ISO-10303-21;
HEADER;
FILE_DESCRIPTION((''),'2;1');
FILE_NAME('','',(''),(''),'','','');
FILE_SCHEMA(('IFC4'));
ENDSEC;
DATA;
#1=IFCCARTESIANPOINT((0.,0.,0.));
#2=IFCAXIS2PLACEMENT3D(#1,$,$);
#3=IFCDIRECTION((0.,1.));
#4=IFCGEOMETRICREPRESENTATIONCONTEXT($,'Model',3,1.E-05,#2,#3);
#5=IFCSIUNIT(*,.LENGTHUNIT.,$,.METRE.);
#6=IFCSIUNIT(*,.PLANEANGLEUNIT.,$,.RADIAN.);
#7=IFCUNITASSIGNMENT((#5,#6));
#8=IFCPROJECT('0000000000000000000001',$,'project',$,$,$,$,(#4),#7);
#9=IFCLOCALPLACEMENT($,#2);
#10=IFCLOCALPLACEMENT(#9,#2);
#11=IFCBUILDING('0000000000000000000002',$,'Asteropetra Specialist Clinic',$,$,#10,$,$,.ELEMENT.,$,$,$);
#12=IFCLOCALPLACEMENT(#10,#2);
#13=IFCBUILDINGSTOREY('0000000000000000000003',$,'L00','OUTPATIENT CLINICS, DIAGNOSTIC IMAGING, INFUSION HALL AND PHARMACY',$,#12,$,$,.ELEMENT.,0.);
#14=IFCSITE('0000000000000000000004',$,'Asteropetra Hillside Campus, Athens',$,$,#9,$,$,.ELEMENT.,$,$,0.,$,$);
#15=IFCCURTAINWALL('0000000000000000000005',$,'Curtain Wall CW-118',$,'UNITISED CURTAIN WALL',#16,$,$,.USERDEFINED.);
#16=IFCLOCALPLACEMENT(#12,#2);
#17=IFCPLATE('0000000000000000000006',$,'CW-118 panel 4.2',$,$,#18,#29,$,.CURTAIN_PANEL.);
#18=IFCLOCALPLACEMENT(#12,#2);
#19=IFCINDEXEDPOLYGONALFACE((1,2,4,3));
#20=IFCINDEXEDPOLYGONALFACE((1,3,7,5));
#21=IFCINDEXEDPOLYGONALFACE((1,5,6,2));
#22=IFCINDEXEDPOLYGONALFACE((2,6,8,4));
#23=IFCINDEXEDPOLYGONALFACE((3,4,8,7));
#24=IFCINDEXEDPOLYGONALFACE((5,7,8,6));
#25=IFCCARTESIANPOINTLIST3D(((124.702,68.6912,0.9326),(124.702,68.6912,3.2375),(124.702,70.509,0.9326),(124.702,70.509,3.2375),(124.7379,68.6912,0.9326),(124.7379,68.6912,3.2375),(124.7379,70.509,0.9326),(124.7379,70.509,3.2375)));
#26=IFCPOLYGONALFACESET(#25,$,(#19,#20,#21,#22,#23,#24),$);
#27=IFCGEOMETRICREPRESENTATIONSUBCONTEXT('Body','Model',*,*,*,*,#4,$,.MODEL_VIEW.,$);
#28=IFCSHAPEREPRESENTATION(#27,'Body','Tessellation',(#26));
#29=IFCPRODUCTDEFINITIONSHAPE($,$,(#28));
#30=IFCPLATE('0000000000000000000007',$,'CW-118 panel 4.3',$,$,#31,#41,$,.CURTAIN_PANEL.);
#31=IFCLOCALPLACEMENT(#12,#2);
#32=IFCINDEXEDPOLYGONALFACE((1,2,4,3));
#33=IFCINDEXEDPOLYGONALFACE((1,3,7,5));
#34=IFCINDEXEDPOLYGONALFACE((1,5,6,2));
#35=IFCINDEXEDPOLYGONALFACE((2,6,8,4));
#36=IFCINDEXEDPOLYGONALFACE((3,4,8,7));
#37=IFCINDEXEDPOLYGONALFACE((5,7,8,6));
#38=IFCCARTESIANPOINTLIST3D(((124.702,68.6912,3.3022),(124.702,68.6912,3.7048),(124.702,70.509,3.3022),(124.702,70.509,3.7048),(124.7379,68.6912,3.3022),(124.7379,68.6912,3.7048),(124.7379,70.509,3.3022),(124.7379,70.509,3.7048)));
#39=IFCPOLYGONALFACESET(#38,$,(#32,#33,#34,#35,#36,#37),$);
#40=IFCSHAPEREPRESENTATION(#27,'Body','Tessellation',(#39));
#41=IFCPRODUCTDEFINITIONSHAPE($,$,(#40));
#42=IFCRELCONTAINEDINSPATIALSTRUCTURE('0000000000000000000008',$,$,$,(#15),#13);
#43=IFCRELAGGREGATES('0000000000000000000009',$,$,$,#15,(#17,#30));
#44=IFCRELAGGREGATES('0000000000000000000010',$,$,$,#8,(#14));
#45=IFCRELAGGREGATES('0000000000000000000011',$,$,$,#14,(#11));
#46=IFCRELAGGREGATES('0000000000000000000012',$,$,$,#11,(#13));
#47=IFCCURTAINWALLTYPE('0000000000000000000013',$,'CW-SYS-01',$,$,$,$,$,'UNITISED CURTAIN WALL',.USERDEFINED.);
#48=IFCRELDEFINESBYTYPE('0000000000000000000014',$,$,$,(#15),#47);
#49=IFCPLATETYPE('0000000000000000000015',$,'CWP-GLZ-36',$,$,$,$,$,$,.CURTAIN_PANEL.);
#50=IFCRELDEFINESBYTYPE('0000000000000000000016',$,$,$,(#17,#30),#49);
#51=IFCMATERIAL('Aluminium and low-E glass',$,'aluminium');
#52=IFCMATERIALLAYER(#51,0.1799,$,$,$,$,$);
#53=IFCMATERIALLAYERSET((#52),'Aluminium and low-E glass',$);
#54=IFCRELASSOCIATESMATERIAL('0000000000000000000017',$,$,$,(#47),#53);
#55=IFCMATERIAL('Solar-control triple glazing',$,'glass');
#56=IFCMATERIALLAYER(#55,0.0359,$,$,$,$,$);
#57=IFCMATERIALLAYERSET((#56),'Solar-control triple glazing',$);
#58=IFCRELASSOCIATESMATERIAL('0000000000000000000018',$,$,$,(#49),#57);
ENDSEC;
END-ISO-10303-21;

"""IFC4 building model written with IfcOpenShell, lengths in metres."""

from ifc_helpers import new_model, si_unit, direction, frame, origin, origin_2d, place, context, subcontext, project, spatial, rectangle, extrude, material, layer, layer_set, type_object, element, aggregate, save


model = new_model("IFC4")

# Units and contexts
model_context = context("Model", 3, precision=1e-05, world=origin(), true_north=direction((0.0, 1.0)))
body_context = subcontext(model_context, "Body", "Model", "MODEL_VIEW")
ifc_project = project(units=[si_unit("LENGTHUNIT", "METRE"), si_unit("PLANEANGLEUNIT", "RADIAN")], contexts=[model_context])

# Site, building, storey
site_placement = place(None, origin())
site = spatial("IfcSite", under=ifc_project, at=site_placement, Name="Asteropetra Hillside Campus, Athens", CompositionType="ELEMENT", RefElevation=0.0)
building_placement = place(site_placement, origin())
building = spatial("IfcBuilding", under=site, at=building_placement, Name="Asteropetra Specialist Clinic", CompositionType="ELEMENT")
storey_placement = place(building_placement, origin())
storey = spatial("IfcBuildingStorey", under=building, at=storey_placement, Name="L00", Description="OUTPATIENT CLINICS, DIAGNOSTIC IMAGING, INFUSION HALL AND PHARMACY", CompositionType="ELEMENT", Elevation=0.0)

# Curtain wall, plates
ifc_material_1 = material(Name="Aluminium and low-E glass", Category="aluminium")
ifc_layer_1 = layer(ifc_material_1, 0.1799)
ifc_layer_set_1 = layer_set([ifc_layer_1], Name="Aluminium and low-E glass")
curtain_wall_type = type_object("IfcCurtainWallType", Name="CW-SYS-01", ElementType="UNITISED CURTAIN WALL", PredefinedType="USERDEFINED", material=ifc_layer_set_1)
curtain_wall_placement = place(storey_placement, origin())
curtain_wall = element("IfcCurtainWall", 1, at=curtain_wall_placement, inside=storey, type_object=curtain_wall_type, Name="Curtain Wall CW-118", ObjectType="UNITISED CURTAIN WALL", PredefinedType="USERDEFINED")
ifc_material_2 = material(Name="Solar-control triple glazing", Category="glass")
ifc_layer_2 = layer(ifc_material_2, 0.0359)
ifc_layer_set_2 = layer_set([ifc_layer_2], Name="Solar-control triple glazing")
plate_type = type_object("IfcPlateType", Name="CWP-GLZ-36", PredefinedType="CURTAIN_PANEL", material=ifc_layer_set_2)
plate_1_placement = place(storey_placement, frame((124.72, 69.6001, 0.9326), z_axis=(0.0, 0.0, 1.0), x_axis=(0.0, -1.0, 0.0)))
plate_1 = element("IfcPlate", 2, at=plate_1_placement, type_object=plate_type, Name="CW-118 panel 4.2", PredefinedType="CURTAIN_PANEL", context=body_context, shape_type="SweptSolid", body=[
    extrude(rectangle(XDim=1.8179, YDim=0.0359, at=origin_2d()), origin(), (0.0, 0.0, 1.0), 2.3049),
])
plate_2_placement = place(storey_placement, frame((124.72, 69.6001, 3.3022), z_axis=(0.0, 0.0, 1.0), x_axis=(0.0, -1.0, 0.0)))
plate_2 = element("IfcPlate", 3, at=plate_2_placement, type_object=plate_type, Name="CW-118 panel 4.3", PredefinedType="CURTAIN_PANEL", context=body_context, shape_type="SweptSolid", body=[
    extrude(rectangle(XDim=1.8179, YDim=0.0359, at=origin_2d()), origin(), (0.0, 0.0, 1.0), 0.4026),
])
aggregate(curtain_wall, [plate_1, plate_2])

save(model, "model.ifc")
